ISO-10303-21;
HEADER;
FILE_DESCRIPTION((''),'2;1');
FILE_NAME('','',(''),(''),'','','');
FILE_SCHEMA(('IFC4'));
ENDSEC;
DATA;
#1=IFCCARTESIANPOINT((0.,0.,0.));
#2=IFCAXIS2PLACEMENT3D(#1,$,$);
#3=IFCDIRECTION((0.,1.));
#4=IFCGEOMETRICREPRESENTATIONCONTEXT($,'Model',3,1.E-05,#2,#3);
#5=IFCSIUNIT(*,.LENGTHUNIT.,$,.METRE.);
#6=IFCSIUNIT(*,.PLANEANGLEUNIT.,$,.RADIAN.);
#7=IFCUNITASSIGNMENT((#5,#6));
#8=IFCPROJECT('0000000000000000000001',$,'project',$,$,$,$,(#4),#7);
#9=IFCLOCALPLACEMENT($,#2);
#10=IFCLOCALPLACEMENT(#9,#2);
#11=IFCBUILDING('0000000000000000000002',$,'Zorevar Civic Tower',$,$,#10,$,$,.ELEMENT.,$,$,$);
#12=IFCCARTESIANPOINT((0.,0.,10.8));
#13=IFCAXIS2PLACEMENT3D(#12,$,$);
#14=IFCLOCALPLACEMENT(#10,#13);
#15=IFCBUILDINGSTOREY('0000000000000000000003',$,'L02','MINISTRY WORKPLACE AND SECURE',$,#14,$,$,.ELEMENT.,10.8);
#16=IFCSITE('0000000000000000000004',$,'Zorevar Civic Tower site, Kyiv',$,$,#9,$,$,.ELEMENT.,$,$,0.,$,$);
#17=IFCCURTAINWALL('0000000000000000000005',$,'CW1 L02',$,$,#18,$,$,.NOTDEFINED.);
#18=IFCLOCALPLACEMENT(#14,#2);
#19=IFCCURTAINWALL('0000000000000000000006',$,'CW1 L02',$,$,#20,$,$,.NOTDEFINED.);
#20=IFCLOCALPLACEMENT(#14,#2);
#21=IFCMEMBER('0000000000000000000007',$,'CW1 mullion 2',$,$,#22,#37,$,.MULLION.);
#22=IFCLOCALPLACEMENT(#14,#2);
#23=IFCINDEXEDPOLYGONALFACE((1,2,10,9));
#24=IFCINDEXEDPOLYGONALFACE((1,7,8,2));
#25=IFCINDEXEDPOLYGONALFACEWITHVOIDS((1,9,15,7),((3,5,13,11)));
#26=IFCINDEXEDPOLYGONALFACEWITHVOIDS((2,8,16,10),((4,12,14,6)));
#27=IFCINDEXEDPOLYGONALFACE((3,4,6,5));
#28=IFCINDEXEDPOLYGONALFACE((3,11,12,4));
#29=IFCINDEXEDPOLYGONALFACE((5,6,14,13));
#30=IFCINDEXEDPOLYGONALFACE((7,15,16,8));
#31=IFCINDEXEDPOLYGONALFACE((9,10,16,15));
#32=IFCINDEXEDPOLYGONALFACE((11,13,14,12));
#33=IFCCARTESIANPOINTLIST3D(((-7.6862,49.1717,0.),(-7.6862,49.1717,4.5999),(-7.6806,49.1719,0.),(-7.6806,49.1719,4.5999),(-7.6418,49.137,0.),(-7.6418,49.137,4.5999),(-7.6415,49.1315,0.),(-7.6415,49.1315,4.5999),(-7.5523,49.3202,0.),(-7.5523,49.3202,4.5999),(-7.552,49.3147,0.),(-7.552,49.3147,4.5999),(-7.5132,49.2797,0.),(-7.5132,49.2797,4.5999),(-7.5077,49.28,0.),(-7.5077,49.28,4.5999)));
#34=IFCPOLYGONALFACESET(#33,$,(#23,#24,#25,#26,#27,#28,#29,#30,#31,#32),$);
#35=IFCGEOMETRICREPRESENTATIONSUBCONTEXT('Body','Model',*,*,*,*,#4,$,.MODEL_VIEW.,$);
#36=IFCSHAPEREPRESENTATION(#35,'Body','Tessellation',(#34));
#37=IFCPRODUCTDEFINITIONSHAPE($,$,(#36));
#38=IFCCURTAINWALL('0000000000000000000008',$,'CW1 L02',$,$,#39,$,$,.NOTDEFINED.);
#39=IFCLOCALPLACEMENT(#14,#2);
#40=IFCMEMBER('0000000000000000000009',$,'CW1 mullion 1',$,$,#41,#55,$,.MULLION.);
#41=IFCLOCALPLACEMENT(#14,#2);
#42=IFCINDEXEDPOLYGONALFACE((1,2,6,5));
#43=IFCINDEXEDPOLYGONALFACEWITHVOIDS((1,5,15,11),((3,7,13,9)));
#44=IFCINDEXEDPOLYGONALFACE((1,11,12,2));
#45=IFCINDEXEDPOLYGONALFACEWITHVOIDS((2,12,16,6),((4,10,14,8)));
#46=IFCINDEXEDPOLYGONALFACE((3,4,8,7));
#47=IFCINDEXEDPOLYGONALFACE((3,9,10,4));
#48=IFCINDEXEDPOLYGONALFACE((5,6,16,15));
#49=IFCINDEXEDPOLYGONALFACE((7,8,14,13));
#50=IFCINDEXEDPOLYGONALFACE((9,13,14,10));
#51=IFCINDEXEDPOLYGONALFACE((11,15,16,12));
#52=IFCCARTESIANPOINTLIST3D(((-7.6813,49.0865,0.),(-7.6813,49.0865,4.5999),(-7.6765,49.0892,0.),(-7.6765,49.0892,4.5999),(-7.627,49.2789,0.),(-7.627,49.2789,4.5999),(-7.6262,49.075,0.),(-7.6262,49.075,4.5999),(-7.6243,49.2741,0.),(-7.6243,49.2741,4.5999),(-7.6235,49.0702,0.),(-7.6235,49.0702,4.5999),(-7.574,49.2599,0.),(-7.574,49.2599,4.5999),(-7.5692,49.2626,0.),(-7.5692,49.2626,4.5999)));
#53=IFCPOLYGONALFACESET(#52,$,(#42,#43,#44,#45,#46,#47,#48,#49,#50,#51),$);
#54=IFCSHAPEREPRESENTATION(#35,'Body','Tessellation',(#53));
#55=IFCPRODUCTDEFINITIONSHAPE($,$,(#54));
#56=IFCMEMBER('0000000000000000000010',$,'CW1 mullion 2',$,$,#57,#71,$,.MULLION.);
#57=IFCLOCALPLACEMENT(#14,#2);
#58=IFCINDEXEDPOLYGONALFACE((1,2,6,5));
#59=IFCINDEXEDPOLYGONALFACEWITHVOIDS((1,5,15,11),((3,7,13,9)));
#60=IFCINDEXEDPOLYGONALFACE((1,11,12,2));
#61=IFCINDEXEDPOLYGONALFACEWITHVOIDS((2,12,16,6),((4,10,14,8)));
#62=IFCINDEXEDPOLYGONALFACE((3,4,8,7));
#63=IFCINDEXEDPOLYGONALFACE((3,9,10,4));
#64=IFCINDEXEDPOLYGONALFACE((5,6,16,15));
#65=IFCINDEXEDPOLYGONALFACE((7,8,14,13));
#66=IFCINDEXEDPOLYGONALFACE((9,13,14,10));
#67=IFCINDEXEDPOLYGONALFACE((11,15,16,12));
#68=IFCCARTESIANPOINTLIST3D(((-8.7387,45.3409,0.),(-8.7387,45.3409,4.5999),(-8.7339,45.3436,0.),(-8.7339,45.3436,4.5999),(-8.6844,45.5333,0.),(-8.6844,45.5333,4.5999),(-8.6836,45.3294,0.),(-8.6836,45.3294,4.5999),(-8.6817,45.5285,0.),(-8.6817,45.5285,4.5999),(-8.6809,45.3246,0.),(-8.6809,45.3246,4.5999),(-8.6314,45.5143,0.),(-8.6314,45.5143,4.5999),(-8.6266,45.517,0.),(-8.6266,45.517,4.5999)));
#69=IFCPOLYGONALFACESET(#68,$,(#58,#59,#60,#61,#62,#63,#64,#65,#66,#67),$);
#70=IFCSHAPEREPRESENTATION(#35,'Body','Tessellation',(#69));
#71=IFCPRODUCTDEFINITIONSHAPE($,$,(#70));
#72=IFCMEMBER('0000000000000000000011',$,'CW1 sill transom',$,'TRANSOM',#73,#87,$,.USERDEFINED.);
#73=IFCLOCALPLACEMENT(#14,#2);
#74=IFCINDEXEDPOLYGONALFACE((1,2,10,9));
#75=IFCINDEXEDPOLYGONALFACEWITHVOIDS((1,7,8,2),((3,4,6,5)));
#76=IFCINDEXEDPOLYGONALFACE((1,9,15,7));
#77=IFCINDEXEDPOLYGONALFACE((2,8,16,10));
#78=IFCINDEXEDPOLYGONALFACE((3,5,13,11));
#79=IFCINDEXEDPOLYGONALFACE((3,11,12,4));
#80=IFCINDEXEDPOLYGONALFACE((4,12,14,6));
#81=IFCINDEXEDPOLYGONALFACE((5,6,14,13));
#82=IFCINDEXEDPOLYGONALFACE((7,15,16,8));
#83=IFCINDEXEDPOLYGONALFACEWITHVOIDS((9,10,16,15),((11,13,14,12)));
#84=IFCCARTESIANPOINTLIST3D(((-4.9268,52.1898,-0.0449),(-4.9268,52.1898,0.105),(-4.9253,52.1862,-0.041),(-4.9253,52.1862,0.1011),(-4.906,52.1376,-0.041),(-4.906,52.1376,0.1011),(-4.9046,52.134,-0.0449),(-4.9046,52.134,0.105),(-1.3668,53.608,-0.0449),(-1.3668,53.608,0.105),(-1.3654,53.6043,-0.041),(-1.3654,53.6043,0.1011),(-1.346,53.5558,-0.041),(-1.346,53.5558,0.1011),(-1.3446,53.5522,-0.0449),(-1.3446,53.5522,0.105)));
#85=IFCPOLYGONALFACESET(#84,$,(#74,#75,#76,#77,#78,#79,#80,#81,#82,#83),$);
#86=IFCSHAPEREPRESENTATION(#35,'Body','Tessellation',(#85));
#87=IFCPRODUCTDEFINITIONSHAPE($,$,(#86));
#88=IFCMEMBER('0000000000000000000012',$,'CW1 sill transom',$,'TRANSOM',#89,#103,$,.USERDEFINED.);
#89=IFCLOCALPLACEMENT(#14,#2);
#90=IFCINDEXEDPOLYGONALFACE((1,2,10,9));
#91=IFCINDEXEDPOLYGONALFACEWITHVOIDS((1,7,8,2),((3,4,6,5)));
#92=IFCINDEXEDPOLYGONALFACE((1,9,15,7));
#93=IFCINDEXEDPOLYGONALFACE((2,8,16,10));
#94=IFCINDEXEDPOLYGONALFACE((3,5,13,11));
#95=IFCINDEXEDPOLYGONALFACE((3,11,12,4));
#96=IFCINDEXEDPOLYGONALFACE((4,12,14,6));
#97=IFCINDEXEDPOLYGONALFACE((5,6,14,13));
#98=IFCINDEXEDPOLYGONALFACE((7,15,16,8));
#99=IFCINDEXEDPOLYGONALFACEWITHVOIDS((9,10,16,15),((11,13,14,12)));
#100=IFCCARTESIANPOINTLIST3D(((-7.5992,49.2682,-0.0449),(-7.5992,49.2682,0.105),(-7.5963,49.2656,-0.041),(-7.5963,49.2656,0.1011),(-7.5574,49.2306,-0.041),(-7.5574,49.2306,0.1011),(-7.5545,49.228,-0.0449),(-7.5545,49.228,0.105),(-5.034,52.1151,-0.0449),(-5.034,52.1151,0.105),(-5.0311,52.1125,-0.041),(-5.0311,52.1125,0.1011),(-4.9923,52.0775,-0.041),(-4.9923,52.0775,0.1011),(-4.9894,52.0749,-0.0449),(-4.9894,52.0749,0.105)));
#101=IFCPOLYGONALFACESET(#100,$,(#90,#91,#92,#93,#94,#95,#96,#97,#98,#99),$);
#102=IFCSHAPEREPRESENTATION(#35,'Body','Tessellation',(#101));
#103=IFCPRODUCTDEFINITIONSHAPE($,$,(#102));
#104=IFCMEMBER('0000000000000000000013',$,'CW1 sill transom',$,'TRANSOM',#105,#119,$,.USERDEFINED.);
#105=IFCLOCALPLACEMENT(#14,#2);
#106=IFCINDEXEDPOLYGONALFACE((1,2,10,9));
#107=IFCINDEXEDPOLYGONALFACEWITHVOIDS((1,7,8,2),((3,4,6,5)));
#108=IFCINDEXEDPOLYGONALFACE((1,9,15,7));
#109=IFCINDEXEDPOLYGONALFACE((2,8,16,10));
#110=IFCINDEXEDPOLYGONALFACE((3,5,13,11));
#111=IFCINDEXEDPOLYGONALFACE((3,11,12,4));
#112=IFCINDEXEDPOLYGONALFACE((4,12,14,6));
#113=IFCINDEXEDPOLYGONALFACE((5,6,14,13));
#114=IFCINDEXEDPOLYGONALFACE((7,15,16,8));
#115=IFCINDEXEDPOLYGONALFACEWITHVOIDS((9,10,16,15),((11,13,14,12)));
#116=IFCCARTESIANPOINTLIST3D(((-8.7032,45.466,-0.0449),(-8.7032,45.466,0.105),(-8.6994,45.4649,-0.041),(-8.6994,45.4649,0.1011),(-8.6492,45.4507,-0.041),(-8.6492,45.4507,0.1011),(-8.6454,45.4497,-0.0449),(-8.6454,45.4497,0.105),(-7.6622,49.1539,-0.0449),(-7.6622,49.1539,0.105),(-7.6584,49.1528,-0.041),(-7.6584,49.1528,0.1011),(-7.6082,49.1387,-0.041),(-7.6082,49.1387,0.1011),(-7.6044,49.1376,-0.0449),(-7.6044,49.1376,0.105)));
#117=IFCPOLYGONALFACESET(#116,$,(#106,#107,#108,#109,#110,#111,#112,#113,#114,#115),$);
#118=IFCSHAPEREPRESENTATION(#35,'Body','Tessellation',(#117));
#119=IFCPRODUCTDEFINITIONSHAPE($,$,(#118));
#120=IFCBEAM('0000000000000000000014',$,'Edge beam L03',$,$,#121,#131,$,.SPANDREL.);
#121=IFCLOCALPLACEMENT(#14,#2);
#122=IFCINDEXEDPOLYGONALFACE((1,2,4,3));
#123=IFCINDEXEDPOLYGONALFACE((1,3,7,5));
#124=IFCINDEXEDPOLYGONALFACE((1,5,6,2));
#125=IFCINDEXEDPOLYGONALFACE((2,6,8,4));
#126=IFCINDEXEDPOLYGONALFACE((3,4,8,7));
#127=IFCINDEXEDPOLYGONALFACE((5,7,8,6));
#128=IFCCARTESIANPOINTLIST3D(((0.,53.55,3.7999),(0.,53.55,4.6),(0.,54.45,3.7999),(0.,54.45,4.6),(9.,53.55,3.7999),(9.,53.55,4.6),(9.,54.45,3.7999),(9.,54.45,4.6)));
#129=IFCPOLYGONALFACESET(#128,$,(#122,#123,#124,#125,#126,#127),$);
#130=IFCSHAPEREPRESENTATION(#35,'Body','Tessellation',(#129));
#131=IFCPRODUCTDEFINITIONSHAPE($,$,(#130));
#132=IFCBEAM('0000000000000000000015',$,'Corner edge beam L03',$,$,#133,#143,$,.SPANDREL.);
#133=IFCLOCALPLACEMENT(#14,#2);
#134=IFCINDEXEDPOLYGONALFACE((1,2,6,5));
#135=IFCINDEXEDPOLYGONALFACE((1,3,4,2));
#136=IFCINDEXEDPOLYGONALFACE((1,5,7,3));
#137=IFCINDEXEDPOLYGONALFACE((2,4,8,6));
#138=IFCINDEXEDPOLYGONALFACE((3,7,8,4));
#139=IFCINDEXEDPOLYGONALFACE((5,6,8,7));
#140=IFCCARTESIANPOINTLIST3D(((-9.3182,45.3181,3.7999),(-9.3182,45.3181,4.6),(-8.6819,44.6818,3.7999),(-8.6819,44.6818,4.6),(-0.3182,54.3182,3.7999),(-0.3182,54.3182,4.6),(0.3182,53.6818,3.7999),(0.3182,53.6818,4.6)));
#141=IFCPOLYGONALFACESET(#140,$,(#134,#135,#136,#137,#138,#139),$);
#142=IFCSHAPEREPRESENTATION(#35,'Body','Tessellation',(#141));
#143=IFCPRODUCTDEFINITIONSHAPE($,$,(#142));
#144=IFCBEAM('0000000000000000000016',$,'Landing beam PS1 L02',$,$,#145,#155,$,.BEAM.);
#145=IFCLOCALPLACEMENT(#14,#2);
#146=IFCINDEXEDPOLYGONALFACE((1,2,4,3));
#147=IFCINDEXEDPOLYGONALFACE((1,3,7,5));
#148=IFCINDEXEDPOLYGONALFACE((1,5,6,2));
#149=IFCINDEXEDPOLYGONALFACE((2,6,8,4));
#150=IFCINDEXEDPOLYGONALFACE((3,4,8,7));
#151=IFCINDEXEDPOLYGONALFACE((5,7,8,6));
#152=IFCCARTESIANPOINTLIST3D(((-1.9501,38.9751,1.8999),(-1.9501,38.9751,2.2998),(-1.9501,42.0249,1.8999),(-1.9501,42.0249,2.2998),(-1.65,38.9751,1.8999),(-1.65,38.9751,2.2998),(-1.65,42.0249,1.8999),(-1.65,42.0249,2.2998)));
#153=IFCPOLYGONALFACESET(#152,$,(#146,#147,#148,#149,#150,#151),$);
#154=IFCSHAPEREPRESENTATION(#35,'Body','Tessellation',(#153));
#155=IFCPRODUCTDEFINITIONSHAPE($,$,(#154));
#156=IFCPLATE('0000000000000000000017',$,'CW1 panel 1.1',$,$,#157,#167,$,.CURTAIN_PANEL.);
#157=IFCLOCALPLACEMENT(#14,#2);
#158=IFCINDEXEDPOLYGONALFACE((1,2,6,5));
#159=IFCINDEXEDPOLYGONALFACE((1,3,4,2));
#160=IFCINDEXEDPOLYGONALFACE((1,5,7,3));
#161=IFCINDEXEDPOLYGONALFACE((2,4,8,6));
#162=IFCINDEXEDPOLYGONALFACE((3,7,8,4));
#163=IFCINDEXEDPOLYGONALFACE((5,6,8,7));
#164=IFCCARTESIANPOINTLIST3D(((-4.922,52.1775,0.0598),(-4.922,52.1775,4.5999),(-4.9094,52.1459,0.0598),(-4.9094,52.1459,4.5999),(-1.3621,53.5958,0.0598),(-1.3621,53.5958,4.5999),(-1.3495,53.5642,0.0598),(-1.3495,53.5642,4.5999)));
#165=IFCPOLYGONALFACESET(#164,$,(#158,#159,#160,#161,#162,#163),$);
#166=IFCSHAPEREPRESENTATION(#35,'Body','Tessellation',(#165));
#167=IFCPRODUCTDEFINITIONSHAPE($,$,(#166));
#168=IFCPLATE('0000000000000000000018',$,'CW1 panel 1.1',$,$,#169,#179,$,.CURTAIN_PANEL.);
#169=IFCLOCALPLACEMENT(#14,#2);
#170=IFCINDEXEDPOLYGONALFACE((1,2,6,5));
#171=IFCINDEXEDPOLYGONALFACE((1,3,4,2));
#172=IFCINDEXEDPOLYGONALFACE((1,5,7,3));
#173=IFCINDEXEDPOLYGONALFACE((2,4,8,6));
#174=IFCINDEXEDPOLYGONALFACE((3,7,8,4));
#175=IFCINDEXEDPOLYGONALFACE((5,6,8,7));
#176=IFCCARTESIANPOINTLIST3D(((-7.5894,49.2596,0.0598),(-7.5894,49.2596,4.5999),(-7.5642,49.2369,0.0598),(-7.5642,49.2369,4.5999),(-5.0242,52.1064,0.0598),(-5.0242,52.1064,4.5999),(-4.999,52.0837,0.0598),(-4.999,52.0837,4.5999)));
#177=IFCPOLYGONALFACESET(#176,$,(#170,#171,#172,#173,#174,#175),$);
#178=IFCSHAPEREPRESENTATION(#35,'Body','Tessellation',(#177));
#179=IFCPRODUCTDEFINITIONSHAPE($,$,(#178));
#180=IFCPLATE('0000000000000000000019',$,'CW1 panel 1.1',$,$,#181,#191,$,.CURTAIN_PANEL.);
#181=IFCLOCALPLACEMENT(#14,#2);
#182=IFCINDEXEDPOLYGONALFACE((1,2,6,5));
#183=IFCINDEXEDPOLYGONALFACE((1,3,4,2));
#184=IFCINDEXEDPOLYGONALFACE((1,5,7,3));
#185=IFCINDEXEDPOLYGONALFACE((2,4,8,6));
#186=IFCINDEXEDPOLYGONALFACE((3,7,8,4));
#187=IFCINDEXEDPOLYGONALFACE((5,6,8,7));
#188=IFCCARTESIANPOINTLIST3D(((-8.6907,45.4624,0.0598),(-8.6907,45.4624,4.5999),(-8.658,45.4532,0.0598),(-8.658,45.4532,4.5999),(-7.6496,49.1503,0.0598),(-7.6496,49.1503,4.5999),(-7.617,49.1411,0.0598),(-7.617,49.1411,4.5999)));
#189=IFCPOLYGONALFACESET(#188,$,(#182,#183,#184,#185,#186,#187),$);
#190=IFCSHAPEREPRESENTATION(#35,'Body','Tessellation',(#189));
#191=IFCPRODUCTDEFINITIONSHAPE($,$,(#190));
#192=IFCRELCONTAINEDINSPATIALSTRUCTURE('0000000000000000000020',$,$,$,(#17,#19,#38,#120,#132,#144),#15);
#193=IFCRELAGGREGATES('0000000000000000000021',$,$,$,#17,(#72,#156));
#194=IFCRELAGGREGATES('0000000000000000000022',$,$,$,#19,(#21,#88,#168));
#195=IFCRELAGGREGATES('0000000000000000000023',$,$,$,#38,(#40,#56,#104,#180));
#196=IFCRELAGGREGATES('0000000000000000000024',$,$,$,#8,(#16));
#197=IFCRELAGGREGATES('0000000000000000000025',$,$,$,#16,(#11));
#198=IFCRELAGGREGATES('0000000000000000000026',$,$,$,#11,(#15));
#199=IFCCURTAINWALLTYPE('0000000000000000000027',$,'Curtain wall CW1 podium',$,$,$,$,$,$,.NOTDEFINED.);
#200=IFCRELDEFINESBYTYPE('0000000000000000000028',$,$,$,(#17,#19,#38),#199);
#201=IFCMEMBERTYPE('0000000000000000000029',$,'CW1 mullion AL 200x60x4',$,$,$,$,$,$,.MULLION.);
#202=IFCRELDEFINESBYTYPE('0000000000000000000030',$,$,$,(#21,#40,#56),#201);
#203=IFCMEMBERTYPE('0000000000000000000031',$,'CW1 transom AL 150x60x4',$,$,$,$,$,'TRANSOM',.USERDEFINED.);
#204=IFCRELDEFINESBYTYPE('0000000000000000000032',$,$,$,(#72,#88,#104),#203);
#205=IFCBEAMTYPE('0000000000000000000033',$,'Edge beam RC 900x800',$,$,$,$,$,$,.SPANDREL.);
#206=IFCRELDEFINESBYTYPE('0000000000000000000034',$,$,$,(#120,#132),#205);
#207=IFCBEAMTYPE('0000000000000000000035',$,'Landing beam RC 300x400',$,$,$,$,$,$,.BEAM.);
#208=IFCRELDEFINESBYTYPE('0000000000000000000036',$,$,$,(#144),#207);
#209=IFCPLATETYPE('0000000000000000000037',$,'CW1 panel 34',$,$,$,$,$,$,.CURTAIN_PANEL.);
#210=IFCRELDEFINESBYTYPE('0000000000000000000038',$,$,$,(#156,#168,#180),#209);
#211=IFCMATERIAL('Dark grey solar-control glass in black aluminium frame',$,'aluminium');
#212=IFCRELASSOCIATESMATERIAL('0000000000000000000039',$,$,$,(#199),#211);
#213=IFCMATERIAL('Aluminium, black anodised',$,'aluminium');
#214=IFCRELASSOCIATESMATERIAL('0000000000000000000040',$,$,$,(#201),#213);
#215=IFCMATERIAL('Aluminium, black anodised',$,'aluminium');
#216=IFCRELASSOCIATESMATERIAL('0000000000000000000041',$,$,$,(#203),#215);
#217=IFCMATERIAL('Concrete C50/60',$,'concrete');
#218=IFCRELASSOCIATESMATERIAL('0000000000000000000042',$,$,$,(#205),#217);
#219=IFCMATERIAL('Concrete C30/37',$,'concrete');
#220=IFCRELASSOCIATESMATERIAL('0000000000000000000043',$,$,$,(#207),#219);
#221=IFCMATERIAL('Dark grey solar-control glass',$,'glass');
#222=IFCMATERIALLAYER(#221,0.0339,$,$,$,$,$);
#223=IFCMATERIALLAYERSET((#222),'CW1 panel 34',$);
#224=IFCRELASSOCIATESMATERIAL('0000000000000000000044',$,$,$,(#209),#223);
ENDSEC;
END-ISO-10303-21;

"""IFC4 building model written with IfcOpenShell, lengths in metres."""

from ifc_helpers import new_model, si_unit, direction, frame, origin, origin_2d, place, context, subcontext, project, spatial, rectangle, hollow_rectangle, extrude, material, layer, layer_set, material_profile, profile_set, type_object, element, aggregate, save


model = new_model("IFC4")

# Units and contexts
model_context = context("Model", 3, precision=1e-05, world=origin(), true_north=direction((0.0, 1.0)))
body_context = subcontext(model_context, "Body", "Model", "MODEL_VIEW")
ifc_project = project(units=[si_unit("LENGTHUNIT", "METRE"), si_unit("PLANEANGLEUNIT", "RADIAN")], contexts=[model_context])

# Site, building, storey
site_placement = place(None, origin())
site = spatial("IfcSite", under=ifc_project, at=site_placement, Name="Zorevar Civic Tower site, Kyiv", CompositionType="ELEMENT", RefElevation=0.0)
building_placement = place(site_placement, origin())
building = spatial("IfcBuilding", under=site, at=building_placement, Name="Zorevar Civic Tower", CompositionType="ELEMENT")
storey_placement = place(building_placement, frame((0.0, 0.0, 10.8)))
storey = spatial("IfcBuildingStorey", under=building, at=storey_placement, Name="L02", Description="MINISTRY WORKPLACE AND SECURE", CompositionType="ELEMENT", Elevation=10.8)

# Shared definitions
ifc_material_1 = material(Name="Dark grey solar-control glass in black aluminium frame", Category="aluminium")
curtain_wall_type = type_object("IfcCurtainWallType", Name="Curtain wall CW1 podium", PredefinedType="NOTDEFINED", material=ifc_material_1)
ifc_material_2 = material(Name="Aluminium, black anodised", Category="aluminium")
ifc_material_profile_1 = material_profile(ifc_material_2, hollow_rectangle(XDim=0.0601, YDim=0.2, WallThickness=0.0039, at=origin_2d()), Name="AL 200x60x4")
ifc_profile_set_1 = profile_set([ifc_material_profile_1], Name="Aluminium, black anodised")
member_type_1 = type_object("IfcMemberType", Name="CW1 mullion AL 200x60x4", PredefinedType="MULLION", material=ifc_profile_set_1)

# Curtain walls, members
curtain_wall_1_placement = place(storey_placement, origin())
curtain_wall_1 = element("IfcCurtainWall", 1, at=curtain_wall_1_placement, inside=storey, type_object=curtain_wall_type, Name="CW1 L02", PredefinedType="NOTDEFINED")
curtain_wall_2_placement = place(storey_placement, origin())
curtain_wall_2 = element("IfcCurtainWall", 2, at=curtain_wall_2_placement, inside=storey, type_object=curtain_wall_type, Name="CW1 L02", PredefinedType="NOTDEFINED")
member_1_placement = place(storey_placement, frame((-7.5969, 49.2258, 0.0), z_axis=(0.0, 0.0, 1.0), x_axis=(0.7429, -0.669403, 0.0)))
member_1 = element("IfcMember", 3, at=member_1_placement, type_object=member_type_1, Name="CW1 mullion 2", PredefinedType="MULLION", context=body_context, shape_type="SweptSolid", body=[
    extrude(hollow_rectangle(XDim=0.0601, YDim=0.2, WallThickness=0.0039, at=origin_2d()), origin(), (0.0, 0.0, 1.0), 4.5999),
])
curtain_wall_3_placement = place(storey_placement, origin())
curtain_wall_3 = element("IfcCurtainWall", 4, at=curtain_wall_3_placement, inside=storey, type_object=curtain_wall_type, Name="CW1 L02", PredefinedType="NOTDEFINED")
member_2_placement = place(storey_placement, frame((-7.6252, 49.1746, 0.0), z_axis=(0.0, 0.0, 1.0), x_axis=(0.962391, -0.271669, 0.0)))
member_2 = element("IfcMember", 5, at=member_2_placement, type_object=member_type_1, Name="CW1 mullion 1", PredefinedType="MULLION", context=body_context, shape_type="SweptSolid", body=[
    extrude(hollow_rectangle(XDim=0.0601, YDim=0.2, WallThickness=0.0039, at=origin_2d()), origin(), (0.0, 0.0, 1.0), 4.5999),
])
member_3_placement = place(storey_placement, frame((-8.6826, 45.429, 0.0), z_axis=(0.0, 0.0, 1.0), x_axis=(0.962391, -0.271669, 0.0)))
member_3 = element("IfcMember", 6, at=member_3_placement, type_object=member_type_1, Name="CW1 mullion 2", PredefinedType="MULLION", context=body_context, shape_type="SweptSolid", body=[
    extrude(hollow_rectangle(XDim=0.0601, YDim=0.2, WallThickness=0.0039, at=origin_2d()), origin(), (0.0, 0.0, 1.0), 4.5999),
])

# Members
ifc_material_3 = material(Name="Aluminium, black anodised", Category="aluminium")
ifc_material_profile_2 = material_profile(ifc_material_3, hollow_rectangle(XDim=0.0601, YDim=0.1499, WallThickness=0.0039, at=origin_2d()), Name="AL 150x60x4")
ifc_profile_set_2 = profile_set([ifc_material_profile_2], Name="Aluminium, black anodised")
member_type_2 = type_object("IfcMemberType", Name="CW1 transom AL 150x60x4", ElementType="TRANSOM", PredefinedType="USERDEFINED", material=ifc_profile_set_2)
member_4_placement = place(storey_placement, frame((-1.3557, 53.5801, 0.03), z_axis=(-0.928999, -0.370083, 0.0), x_axis=(0.370083, -0.928999, 0.0)))
member_4 = element("IfcMember", 7, at=member_4_placement, type_object=member_type_2, Name="CW1 sill transom", ObjectType="TRANSOM", PredefinedType="USERDEFINED", context=body_context, shape_type="SweptSolid", body=[
    extrude(hollow_rectangle(XDim=0.0601, YDim=0.1499, WallThickness=0.0039, at=origin_2d()), origin(), (0.0, 0.0, 1.0), 3.832),
])
member_5_placement = place(storey_placement, frame((-5.0117, 52.095, 0.03), z_axis=(-0.669391, -0.742911, 0.0), x_axis=(0.742911, -0.669391, 0.0)))
member_5 = element("IfcMember", 8, at=member_5_placement, type_object=member_type_2, Name="CW1 sill transom", ObjectType="TRANSOM", PredefinedType="USERDEFINED", context=body_context, shape_type="SweptSolid", body=[
    extrude(hollow_rectangle(XDim=0.0601, YDim=0.1499, WallThickness=0.0039, at=origin_2d()), origin(), (0.0, 0.0, 1.0), 3.832),
])
member_6_placement = place(storey_placement, frame((-7.6333, 49.1458, 0.03), z_axis=(-0.271657, -0.962394, 0.0), x_axis=(0.962394, -0.271657, 0.0)))
member_6 = element("IfcMember", 9, at=member_6_placement, type_object=member_type_2, Name="CW1 sill transom", ObjectType="TRANSOM", PredefinedType="USERDEFINED", context=body_context, shape_type="SweptSolid", body=[
    extrude(hollow_rectangle(XDim=0.0601, YDim=0.1499, WallThickness=0.0039, at=origin_2d()), origin(), (0.0, 0.0, 1.0), 3.832),
])

# Beams
ifc_material_4 = material(Name="Concrete C50/60", Category="concrete")
ifc_material_profile_3 = material_profile(ifc_material_4, rectangle(XDim=0.8999, YDim=0.8, at=origin_2d()), Name="RC 900x800")
ifc_profile_set_3 = profile_set([ifc_material_profile_3], Name="Concrete C50/60")
beam_type_1 = type_object("IfcBeamType", Name="Edge beam RC 900x800", PredefinedType="SPANDREL", material=ifc_profile_set_3)
beam_1_placement = place(storey_placement, frame((0.0, 54.0, 4.2), z_axis=(1.0, 0.0, 0.0), x_axis=(0.0, 1.0, 0.0)))
element("IfcBeam", 10, at=beam_1_placement, inside=storey, type_object=beam_type_1, Name="Edge beam L03", PredefinedType="SPANDREL", context=body_context, shape_type="SweptSolid", body=[
    extrude(rectangle(XDim=0.8999, YDim=0.8, at=origin_2d()), origin(), (0.0, 0.0, 1.0), 9.0),
])
beam_2_placement = place(storey_placement, frame((0.0, 54.0, 4.2), z_axis=(-0.707107, -0.707107, 0.0), x_axis=(0.707107, -0.707107, 0.0)))
element("IfcBeam", 11, at=beam_2_placement, inside=storey, type_object=beam_type_1, Name="Corner edge beam L03", PredefinedType="SPANDREL", context=body_context, shape_type="SweptSolid", body=[
    extrude(rectangle(XDim=0.8999, YDim=0.8, at=origin_2d()), origin(), (0.0, 0.0, 1.0), 12.728),
])
ifc_material_5 = material(Name="Concrete C30/37", Category="concrete")
ifc_material_profile_4 = material_profile(ifc_material_5, rectangle(XDim=0.3, YDim=0.3999, at=origin_2d()), Name="RC 300x400")
ifc_profile_set_4 = profile_set([ifc_material_profile_4], Name="Concrete C30/37")
beam_type_2 = type_object("IfcBeamType", Name="Landing beam RC 300x400", PredefinedType="BEAM", material=ifc_profile_set_4)
beam_3_placement = place(storey_placement, frame((-1.8, 38.9751, 2.0999), z_axis=(0.0, 1.0, 0.0), x_axis=(-1.0, 0.0, 0.0)))
element("IfcBeam", 12, at=beam_3_placement, inside=storey, type_object=beam_type_2, Name="Landing beam PS1 L02", PredefinedType="BEAM", context=body_context, shape_type="SweptSolid", body=[
    extrude(rectangle(XDim=0.3, YDim=0.3999, at=origin_2d()), origin(), (0.0, 0.0, 1.0), 3.0498),
])

# Plates
ifc_material_6 = material(Name="Dark grey solar-control glass", Category="glass")
ifc_layer_1 = layer(ifc_material_6, 0.0339)
ifc_layer_set_1 = layer_set([ifc_layer_1], Name="CW1 panel 34")
plate_type = type_object("IfcPlateType", Name="CW1 panel 34", PredefinedType="CURTAIN_PANEL", material=ifc_layer_set_1)
plate_1_placement = place(storey_placement, frame((-3.1357, 52.8708, 0.0598), z_axis=(0.0, 0.0, 1.0), x_axis=(-0.928988, -0.370111, 0.0)))
plate_1 = element("IfcPlate", 13, at=plate_1_placement, type_object=plate_type, Name="CW1 panel 1.1", PredefinedType="CURTAIN_PANEL", context=body_context, shape_type="SweptSolid", body=[
    extrude(rectangle(XDim=3.832, YDim=0.0339, at=origin_2d()), origin(), (0.0, 0.0, 1.0), 4.54),
])
aggregate(curtain_wall_1, [member_4, plate_1])
plate_2_placement = place(storey_placement, frame((-6.2942, 50.6716, 0.0598), z_axis=(0.0, 0.0, 1.0), x_axis=(-0.669403, -0.7429, 0.0)))
plate_2 = element("IfcPlate", 14, at=plate_2_placement, type_object=plate_type, Name="CW1 panel 1.1", PredefinedType="CURTAIN_PANEL", context=body_context, shape_type="SweptSolid", body=[
    extrude(rectangle(XDim=3.832, YDim=0.0339, at=origin_2d()), origin(), (0.0, 0.0, 1.0), 4.54),
])
aggregate(curtain_wall_2, [member_1, member_5, plate_2])
plate_3_placement = place(storey_placement, frame((-8.1538, 47.3018, 0.0598), z_axis=(0.0, 0.0, 1.0), x_axis=(-0.271669, -0.962391, 0.0)))
plate_3 = element("IfcPlate", 15, at=plate_3_placement, type_object=plate_type, Name="CW1 panel 1.1", PredefinedType="CURTAIN_PANEL", context=body_context, shape_type="SweptSolid", body=[
    extrude(rectangle(XDim=3.832, YDim=0.0339, at=origin_2d()), origin(), (0.0, 0.0, 1.0), 4.54),
])
aggregate(curtain_wall_3, [member_2, member_3, member_6, plate_3])

save(model, "model.ifc")
